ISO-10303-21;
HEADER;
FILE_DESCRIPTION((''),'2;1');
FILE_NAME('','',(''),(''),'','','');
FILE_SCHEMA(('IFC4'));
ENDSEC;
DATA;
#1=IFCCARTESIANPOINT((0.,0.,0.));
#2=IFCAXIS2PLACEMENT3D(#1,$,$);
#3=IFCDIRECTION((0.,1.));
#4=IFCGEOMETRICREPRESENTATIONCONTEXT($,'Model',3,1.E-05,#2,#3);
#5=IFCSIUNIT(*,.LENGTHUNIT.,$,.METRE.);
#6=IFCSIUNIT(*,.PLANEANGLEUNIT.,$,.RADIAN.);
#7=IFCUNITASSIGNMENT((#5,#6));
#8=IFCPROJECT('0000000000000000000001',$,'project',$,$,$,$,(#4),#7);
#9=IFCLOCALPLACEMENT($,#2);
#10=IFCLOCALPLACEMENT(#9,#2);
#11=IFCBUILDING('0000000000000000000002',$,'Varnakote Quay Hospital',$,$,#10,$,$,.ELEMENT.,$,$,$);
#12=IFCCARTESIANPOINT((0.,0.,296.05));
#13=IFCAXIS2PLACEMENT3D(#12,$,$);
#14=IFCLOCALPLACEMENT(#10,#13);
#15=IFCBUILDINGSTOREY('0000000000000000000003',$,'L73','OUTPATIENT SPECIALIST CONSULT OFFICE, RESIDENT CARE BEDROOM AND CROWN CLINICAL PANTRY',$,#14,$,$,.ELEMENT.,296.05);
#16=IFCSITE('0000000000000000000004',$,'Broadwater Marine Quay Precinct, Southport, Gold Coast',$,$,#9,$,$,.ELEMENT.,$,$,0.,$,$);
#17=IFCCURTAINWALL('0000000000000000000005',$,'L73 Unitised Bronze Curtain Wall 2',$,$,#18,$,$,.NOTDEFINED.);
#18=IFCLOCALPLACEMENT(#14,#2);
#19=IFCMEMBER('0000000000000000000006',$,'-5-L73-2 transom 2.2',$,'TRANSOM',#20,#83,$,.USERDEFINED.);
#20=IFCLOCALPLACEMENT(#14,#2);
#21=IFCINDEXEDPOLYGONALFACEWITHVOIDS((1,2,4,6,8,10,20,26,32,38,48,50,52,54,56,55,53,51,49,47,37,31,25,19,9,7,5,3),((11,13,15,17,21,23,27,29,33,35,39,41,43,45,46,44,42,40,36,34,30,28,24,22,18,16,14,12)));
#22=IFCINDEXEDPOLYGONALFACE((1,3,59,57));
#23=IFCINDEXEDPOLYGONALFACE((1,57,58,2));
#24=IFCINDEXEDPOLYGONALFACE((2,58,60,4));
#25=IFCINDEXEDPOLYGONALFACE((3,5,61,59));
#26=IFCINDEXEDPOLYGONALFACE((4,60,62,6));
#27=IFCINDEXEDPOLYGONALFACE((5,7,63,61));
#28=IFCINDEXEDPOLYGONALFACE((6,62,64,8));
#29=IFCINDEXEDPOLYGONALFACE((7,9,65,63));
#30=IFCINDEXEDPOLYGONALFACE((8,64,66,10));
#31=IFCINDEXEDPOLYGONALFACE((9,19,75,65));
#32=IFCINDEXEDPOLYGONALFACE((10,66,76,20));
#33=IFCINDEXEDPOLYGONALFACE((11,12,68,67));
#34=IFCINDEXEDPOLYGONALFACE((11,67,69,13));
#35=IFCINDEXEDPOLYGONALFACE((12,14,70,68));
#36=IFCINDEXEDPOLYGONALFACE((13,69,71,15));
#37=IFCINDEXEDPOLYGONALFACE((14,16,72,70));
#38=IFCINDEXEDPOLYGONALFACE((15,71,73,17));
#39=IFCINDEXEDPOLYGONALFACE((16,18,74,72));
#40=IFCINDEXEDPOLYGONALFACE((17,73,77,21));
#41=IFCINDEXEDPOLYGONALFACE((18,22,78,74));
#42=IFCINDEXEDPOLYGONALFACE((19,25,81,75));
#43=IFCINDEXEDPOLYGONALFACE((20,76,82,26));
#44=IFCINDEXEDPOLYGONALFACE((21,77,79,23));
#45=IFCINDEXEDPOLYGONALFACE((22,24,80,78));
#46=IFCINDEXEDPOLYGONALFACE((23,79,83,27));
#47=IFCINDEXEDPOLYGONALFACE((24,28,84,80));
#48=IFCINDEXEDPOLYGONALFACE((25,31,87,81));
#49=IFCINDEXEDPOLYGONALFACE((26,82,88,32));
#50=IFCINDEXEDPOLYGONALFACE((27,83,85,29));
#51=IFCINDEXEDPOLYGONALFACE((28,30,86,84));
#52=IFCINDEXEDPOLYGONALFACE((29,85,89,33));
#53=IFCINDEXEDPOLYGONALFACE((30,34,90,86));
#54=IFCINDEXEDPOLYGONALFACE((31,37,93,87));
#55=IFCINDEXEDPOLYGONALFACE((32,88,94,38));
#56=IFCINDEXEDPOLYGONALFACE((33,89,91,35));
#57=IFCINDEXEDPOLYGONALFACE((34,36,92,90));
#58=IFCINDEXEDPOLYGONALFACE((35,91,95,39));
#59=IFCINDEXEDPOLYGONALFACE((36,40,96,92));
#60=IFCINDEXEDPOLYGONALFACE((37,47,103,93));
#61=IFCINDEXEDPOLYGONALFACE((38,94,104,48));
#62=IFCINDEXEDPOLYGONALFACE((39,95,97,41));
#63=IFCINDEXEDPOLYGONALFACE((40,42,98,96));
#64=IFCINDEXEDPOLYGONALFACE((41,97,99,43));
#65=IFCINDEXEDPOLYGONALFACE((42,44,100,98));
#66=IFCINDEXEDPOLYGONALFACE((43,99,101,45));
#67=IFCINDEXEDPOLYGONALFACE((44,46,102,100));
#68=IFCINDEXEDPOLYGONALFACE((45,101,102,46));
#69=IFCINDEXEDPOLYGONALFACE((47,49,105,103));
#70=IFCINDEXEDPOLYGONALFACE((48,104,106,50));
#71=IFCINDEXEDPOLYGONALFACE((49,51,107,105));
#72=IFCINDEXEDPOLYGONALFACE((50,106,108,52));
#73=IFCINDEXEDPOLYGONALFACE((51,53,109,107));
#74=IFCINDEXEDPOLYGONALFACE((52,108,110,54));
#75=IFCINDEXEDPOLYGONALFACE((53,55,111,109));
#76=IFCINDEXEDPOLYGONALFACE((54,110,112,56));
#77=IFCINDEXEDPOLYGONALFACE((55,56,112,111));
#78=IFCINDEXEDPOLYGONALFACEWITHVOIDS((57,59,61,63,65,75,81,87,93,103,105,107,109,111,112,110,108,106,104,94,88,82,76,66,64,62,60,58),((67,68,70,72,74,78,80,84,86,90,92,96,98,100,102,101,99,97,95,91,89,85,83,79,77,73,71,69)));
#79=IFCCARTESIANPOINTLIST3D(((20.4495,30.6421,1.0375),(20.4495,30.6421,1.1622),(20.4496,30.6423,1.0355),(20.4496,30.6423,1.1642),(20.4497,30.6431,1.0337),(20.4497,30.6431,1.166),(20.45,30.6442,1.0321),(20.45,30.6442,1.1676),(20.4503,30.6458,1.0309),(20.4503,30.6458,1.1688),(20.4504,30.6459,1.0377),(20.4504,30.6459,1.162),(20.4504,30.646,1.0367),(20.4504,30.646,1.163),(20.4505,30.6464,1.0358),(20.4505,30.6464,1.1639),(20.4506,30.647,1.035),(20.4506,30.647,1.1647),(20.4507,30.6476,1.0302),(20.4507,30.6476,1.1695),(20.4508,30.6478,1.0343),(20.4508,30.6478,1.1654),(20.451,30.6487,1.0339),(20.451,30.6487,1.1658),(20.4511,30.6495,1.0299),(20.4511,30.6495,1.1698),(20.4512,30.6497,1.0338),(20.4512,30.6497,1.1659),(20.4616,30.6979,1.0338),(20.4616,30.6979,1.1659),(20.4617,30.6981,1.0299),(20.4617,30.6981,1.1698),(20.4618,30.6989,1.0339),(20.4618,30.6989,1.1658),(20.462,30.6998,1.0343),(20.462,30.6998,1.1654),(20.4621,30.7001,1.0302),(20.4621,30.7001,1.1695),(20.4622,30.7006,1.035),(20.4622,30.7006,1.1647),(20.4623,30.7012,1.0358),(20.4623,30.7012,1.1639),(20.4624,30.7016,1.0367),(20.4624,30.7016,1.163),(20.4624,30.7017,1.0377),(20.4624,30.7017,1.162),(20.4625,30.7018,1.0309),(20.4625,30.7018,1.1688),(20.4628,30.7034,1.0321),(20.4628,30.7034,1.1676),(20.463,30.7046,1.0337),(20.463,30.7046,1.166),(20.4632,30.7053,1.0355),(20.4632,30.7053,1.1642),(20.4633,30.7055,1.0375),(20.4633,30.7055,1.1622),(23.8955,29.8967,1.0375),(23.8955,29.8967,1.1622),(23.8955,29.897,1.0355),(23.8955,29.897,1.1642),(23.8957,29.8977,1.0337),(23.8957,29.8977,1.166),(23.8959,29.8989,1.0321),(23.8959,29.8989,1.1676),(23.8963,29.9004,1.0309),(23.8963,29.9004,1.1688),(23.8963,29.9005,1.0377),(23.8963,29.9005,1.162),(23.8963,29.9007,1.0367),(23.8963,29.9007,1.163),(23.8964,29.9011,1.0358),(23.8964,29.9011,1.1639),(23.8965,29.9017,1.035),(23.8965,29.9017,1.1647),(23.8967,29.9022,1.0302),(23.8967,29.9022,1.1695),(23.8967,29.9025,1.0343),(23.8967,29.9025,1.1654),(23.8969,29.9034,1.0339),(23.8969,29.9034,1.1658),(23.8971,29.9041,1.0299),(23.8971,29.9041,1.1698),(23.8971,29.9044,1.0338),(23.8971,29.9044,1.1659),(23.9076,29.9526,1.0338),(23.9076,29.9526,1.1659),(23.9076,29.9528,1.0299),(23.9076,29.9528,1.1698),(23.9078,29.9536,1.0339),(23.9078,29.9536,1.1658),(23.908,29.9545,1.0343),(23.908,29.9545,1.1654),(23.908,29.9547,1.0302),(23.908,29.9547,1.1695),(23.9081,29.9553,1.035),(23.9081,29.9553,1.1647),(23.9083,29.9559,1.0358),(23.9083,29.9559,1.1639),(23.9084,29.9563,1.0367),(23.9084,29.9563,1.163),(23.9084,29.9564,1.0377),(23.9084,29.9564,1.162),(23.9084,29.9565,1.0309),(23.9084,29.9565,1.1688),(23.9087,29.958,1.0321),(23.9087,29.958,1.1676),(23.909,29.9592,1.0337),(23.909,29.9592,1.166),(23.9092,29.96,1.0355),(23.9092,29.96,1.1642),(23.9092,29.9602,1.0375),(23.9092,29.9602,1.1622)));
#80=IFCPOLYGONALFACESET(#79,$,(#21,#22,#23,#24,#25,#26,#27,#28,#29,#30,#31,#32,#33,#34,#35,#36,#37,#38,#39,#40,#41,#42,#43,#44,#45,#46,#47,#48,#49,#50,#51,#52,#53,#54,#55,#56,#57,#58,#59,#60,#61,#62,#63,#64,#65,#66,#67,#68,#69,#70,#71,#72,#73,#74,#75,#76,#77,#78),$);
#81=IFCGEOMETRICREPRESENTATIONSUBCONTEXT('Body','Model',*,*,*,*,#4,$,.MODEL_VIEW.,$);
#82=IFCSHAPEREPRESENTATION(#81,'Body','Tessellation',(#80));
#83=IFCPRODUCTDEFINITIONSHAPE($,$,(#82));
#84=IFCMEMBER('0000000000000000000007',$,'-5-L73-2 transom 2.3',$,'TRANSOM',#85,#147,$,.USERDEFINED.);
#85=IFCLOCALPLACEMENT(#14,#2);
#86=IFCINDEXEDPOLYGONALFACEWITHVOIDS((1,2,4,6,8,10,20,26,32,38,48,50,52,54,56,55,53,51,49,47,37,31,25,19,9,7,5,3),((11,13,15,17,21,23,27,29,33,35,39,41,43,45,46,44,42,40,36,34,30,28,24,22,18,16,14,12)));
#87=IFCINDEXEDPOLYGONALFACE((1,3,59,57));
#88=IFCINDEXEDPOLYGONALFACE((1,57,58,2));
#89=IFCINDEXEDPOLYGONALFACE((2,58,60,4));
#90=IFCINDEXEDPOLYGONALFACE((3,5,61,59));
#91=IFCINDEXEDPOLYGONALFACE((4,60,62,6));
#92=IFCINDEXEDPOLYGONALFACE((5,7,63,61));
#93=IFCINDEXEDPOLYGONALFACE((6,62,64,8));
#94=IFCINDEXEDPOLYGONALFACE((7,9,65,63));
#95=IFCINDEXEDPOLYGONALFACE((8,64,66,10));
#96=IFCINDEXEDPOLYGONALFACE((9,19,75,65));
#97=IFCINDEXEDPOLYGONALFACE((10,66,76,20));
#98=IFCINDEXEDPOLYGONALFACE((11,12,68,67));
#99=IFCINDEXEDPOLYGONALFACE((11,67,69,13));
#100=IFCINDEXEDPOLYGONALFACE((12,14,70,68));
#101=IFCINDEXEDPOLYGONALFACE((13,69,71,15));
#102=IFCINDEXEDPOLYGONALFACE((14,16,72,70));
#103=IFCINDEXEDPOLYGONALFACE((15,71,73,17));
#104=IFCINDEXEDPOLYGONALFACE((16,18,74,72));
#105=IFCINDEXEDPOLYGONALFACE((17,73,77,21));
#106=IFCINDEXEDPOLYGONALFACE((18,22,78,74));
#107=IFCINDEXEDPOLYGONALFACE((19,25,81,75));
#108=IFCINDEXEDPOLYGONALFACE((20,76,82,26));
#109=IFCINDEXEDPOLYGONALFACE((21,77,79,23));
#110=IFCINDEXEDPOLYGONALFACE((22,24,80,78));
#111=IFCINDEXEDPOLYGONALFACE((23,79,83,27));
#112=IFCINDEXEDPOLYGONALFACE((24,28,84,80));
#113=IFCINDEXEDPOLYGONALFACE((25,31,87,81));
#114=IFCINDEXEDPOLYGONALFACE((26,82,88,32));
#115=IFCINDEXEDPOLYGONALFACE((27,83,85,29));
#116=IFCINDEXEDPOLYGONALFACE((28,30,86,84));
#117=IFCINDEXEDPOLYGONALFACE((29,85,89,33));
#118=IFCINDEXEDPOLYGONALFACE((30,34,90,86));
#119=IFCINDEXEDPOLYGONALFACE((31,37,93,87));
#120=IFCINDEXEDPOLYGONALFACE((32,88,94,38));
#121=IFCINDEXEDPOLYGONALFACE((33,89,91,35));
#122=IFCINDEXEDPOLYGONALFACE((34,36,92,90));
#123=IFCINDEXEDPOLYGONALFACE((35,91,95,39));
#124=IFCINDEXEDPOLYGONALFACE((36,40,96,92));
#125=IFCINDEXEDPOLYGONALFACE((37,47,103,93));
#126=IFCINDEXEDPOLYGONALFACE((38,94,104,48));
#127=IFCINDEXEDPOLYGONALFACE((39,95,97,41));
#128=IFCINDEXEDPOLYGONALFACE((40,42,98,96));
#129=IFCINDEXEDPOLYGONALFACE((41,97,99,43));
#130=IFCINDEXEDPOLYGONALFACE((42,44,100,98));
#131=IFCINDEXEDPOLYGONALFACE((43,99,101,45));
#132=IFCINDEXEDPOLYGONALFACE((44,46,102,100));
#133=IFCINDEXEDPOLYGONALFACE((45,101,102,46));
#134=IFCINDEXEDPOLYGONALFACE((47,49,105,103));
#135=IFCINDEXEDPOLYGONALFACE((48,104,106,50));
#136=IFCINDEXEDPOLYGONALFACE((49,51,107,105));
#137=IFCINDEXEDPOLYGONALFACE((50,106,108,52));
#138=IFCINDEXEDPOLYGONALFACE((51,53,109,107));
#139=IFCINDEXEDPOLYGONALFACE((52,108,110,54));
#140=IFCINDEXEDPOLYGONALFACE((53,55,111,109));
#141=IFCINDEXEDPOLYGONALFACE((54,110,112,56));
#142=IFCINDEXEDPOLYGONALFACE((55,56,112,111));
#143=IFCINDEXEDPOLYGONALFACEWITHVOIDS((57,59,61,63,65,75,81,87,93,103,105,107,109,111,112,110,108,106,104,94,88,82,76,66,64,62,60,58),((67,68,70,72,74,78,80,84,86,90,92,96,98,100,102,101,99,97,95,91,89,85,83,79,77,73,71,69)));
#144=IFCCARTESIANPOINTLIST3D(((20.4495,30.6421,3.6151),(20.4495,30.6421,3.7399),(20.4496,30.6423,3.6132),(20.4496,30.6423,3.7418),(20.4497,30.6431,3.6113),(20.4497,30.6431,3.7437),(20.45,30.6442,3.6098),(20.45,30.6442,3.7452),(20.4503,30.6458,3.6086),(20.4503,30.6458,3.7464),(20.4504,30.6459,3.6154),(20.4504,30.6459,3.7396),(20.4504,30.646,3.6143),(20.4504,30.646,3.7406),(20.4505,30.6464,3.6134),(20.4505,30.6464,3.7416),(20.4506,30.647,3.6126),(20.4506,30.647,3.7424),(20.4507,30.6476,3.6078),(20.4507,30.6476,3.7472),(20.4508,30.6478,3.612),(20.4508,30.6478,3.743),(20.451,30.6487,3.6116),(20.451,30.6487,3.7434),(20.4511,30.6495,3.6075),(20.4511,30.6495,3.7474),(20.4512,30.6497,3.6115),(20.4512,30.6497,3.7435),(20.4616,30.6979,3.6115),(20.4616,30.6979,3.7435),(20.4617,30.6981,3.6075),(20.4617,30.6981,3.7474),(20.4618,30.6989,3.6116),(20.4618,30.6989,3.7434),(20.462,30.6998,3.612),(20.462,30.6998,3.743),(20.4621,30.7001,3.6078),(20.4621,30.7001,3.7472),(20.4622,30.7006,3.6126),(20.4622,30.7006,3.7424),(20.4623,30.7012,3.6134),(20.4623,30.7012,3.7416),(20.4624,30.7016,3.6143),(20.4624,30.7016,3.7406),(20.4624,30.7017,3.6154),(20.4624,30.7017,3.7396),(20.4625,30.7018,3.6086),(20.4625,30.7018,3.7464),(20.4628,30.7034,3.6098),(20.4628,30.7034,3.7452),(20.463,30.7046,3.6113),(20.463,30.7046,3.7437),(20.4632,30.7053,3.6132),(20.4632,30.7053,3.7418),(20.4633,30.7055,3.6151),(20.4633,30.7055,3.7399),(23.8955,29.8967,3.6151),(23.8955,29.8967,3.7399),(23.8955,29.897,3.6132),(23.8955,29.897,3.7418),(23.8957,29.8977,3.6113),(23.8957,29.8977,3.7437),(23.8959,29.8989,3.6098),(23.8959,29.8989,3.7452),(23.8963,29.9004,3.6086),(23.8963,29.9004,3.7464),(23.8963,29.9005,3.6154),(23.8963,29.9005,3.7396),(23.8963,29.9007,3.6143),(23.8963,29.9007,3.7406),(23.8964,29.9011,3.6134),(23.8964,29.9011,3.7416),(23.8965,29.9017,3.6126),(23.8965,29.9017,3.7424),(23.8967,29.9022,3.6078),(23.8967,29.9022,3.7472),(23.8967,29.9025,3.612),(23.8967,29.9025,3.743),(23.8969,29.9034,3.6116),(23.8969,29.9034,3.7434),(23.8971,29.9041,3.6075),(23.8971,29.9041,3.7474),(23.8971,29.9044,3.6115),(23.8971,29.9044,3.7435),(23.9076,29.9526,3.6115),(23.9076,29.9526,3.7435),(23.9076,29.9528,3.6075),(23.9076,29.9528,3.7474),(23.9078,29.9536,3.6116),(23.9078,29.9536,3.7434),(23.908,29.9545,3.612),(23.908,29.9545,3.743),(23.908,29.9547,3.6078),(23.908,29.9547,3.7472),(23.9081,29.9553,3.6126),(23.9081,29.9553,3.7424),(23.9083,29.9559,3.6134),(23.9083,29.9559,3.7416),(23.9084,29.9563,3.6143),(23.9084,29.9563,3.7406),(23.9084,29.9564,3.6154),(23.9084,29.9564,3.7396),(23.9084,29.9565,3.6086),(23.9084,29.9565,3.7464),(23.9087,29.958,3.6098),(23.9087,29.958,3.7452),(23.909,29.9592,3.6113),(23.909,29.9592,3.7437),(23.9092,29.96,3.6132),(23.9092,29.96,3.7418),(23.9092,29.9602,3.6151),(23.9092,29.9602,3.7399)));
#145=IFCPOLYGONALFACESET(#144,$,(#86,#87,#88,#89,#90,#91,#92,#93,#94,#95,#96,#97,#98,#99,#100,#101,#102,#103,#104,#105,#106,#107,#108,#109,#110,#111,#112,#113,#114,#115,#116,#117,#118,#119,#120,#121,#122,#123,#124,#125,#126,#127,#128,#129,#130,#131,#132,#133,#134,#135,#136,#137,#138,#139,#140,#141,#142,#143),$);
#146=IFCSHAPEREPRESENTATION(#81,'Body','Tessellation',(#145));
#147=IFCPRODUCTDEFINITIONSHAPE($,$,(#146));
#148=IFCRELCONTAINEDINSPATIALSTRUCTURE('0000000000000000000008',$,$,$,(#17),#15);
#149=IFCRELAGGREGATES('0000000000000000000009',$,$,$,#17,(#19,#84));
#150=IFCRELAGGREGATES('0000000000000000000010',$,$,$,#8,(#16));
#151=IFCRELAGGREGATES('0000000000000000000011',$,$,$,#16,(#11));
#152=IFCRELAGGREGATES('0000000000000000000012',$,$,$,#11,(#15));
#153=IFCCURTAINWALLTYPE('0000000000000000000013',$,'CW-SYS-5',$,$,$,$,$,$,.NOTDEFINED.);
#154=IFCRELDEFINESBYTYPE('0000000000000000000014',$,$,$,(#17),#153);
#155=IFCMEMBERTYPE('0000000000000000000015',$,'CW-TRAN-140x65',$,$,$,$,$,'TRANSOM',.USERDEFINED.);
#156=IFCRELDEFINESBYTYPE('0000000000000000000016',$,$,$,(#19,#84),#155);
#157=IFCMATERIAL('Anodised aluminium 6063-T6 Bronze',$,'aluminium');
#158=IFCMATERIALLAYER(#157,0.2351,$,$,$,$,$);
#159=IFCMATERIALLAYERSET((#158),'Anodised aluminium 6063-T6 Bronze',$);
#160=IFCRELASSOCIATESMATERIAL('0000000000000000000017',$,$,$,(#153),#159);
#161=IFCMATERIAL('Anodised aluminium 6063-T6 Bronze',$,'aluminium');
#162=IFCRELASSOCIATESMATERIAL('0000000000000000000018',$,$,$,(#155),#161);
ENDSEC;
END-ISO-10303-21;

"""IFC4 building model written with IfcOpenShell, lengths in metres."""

from ifc_helpers import new_model, si_unit, direction, frame, origin, origin_2d, place, context, subcontext, project, spatial, hollow_rectangle, extrude, material, layer, layer_set, material_profile, profile_set, type_object, element, aggregate, save


model = new_model("IFC4")

# Units and contexts
model_context = context("Model", 3, precision=1e-05, world=origin(), true_north=direction((0.0, 1.0)))
body_context = subcontext(model_context, "Body", "Model", "MODEL_VIEW")
ifc_project = project(units=[si_unit("LENGTHUNIT", "METRE"), si_unit("PLANEANGLEUNIT", "RADIAN")], contexts=[model_context])

# Site, building, storey
site_placement = place(None, origin())
site = spatial("IfcSite", under=ifc_project, at=site_placement, Name="Broadwater Marine Quay Precinct, Southport, Gold Coast", CompositionType="ELEMENT", RefElevation=0.0)
building_placement = place(site_placement, origin())
building = spatial("IfcBuilding", under=site, at=building_placement, Name="Varnakote Quay Hospital", CompositionType="ELEMENT")
storey_placement = place(building_placement, frame((0.0, 0.0, 296.05)))
storey = spatial("IfcBuildingStorey", under=building, at=storey_placement, Name="L73", Description="OUTPATIENT SPECIALIST CONSULT OFFICE, RESIDENT CARE BEDROOM AND CROWN CLINICAL PANTRY", CompositionType="ELEMENT", Elevation=296.05)

# Shared definitions
ifc_material_1 = material(Name="Anodised aluminium 6063-T6 Bronze", Category="aluminium")
ifc_layer_1 = layer(ifc_material_1, 0.2351)
ifc_layer_set_1 = layer_set([ifc_layer_1], Name="Anodised aluminium 6063-T6 Bronze")
curtain_wall_type = type_object("IfcCurtainWallType", Name="CW-SYS-5", PredefinedType="NOTDEFINED", material=ifc_layer_set_1)

# Curtain wall, members
curtain_wall_1_placement = place(storey_placement, origin())
curtain_wall_1 = element("IfcCurtainWall", 1, at=curtain_wall_1_placement, inside=storey, type_object=curtain_wall_type, Name="L73 Unitised Bronze Curtain Wall 2", PredefinedType="NOTDEFINED")
ifc_material_2 = material(Name="Anodised aluminium 6063-T6 Bronze", Category="aluminium")
ifc_material_profile_1 = material_profile(ifc_material_2, hollow_rectangle(XDim=0.0649, YDim=0.1399, WallThickness=0.0039, InnerFilletRadius=0.0039, OuterFilletRadius=0.0076, at=origin_2d()), Name="CW-TRAN-140x65")
ifc_profile_set_1 = profile_set([ifc_material_profile_1], Name="Anodised aluminium 6063-T6 Bronze")
member_type_1 = type_object("IfcMemberType", Name="CW-TRAN-140x65", ElementType="TRANSOM", PredefinedType="USERDEFINED", material=ifc_profile_set_1)
member_1_placement = place(storey_placement, frame((23.9023, 29.9285, 1.0999), z_axis=(-0.977398, 0.211406, 0.0), x_axis=(-0.211406, -0.977398, 0.0)))
member_1 = element("IfcMember", 2, at=member_1_placement, type_object=member_type_1, Name="-5-L73-2 transom 2.2", ObjectType="TRANSOM", PredefinedType="USERDEFINED", context=body_context, shape_type="SweptSolid", body=[
    extrude(hollow_rectangle(XDim=0.0649, YDim=0.1399, WallThickness=0.0039, InnerFilletRadius=0.0039, OuterFilletRadius=0.0076, at=origin_2d()), origin(), (0.0, 0.0, 1.0), 3.5256),
])
member_2_placement = place(storey_placement, frame((23.9023, 29.9285, 3.6775), z_axis=(-0.977398, 0.211406, 0.0), x_axis=(-0.211406, -0.977398, 0.0)))
member_2 = element("IfcMember", 3, at=member_2_placement, type_object=member_type_1, Name="-5-L73-2 transom 2.3", ObjectType="TRANSOM", PredefinedType="USERDEFINED", context=body_context, shape_type="SweptSolid", body=[
    extrude(hollow_rectangle(XDim=0.0649, YDim=0.1399, WallThickness=0.0039, InnerFilletRadius=0.0039, OuterFilletRadius=0.0076, at=origin_2d()), origin(), (0.0, 0.0, 1.0), 3.5256),
])

aggregate(curtain_wall_1, [member_1, member_2])

save(model, "model.ifc")
